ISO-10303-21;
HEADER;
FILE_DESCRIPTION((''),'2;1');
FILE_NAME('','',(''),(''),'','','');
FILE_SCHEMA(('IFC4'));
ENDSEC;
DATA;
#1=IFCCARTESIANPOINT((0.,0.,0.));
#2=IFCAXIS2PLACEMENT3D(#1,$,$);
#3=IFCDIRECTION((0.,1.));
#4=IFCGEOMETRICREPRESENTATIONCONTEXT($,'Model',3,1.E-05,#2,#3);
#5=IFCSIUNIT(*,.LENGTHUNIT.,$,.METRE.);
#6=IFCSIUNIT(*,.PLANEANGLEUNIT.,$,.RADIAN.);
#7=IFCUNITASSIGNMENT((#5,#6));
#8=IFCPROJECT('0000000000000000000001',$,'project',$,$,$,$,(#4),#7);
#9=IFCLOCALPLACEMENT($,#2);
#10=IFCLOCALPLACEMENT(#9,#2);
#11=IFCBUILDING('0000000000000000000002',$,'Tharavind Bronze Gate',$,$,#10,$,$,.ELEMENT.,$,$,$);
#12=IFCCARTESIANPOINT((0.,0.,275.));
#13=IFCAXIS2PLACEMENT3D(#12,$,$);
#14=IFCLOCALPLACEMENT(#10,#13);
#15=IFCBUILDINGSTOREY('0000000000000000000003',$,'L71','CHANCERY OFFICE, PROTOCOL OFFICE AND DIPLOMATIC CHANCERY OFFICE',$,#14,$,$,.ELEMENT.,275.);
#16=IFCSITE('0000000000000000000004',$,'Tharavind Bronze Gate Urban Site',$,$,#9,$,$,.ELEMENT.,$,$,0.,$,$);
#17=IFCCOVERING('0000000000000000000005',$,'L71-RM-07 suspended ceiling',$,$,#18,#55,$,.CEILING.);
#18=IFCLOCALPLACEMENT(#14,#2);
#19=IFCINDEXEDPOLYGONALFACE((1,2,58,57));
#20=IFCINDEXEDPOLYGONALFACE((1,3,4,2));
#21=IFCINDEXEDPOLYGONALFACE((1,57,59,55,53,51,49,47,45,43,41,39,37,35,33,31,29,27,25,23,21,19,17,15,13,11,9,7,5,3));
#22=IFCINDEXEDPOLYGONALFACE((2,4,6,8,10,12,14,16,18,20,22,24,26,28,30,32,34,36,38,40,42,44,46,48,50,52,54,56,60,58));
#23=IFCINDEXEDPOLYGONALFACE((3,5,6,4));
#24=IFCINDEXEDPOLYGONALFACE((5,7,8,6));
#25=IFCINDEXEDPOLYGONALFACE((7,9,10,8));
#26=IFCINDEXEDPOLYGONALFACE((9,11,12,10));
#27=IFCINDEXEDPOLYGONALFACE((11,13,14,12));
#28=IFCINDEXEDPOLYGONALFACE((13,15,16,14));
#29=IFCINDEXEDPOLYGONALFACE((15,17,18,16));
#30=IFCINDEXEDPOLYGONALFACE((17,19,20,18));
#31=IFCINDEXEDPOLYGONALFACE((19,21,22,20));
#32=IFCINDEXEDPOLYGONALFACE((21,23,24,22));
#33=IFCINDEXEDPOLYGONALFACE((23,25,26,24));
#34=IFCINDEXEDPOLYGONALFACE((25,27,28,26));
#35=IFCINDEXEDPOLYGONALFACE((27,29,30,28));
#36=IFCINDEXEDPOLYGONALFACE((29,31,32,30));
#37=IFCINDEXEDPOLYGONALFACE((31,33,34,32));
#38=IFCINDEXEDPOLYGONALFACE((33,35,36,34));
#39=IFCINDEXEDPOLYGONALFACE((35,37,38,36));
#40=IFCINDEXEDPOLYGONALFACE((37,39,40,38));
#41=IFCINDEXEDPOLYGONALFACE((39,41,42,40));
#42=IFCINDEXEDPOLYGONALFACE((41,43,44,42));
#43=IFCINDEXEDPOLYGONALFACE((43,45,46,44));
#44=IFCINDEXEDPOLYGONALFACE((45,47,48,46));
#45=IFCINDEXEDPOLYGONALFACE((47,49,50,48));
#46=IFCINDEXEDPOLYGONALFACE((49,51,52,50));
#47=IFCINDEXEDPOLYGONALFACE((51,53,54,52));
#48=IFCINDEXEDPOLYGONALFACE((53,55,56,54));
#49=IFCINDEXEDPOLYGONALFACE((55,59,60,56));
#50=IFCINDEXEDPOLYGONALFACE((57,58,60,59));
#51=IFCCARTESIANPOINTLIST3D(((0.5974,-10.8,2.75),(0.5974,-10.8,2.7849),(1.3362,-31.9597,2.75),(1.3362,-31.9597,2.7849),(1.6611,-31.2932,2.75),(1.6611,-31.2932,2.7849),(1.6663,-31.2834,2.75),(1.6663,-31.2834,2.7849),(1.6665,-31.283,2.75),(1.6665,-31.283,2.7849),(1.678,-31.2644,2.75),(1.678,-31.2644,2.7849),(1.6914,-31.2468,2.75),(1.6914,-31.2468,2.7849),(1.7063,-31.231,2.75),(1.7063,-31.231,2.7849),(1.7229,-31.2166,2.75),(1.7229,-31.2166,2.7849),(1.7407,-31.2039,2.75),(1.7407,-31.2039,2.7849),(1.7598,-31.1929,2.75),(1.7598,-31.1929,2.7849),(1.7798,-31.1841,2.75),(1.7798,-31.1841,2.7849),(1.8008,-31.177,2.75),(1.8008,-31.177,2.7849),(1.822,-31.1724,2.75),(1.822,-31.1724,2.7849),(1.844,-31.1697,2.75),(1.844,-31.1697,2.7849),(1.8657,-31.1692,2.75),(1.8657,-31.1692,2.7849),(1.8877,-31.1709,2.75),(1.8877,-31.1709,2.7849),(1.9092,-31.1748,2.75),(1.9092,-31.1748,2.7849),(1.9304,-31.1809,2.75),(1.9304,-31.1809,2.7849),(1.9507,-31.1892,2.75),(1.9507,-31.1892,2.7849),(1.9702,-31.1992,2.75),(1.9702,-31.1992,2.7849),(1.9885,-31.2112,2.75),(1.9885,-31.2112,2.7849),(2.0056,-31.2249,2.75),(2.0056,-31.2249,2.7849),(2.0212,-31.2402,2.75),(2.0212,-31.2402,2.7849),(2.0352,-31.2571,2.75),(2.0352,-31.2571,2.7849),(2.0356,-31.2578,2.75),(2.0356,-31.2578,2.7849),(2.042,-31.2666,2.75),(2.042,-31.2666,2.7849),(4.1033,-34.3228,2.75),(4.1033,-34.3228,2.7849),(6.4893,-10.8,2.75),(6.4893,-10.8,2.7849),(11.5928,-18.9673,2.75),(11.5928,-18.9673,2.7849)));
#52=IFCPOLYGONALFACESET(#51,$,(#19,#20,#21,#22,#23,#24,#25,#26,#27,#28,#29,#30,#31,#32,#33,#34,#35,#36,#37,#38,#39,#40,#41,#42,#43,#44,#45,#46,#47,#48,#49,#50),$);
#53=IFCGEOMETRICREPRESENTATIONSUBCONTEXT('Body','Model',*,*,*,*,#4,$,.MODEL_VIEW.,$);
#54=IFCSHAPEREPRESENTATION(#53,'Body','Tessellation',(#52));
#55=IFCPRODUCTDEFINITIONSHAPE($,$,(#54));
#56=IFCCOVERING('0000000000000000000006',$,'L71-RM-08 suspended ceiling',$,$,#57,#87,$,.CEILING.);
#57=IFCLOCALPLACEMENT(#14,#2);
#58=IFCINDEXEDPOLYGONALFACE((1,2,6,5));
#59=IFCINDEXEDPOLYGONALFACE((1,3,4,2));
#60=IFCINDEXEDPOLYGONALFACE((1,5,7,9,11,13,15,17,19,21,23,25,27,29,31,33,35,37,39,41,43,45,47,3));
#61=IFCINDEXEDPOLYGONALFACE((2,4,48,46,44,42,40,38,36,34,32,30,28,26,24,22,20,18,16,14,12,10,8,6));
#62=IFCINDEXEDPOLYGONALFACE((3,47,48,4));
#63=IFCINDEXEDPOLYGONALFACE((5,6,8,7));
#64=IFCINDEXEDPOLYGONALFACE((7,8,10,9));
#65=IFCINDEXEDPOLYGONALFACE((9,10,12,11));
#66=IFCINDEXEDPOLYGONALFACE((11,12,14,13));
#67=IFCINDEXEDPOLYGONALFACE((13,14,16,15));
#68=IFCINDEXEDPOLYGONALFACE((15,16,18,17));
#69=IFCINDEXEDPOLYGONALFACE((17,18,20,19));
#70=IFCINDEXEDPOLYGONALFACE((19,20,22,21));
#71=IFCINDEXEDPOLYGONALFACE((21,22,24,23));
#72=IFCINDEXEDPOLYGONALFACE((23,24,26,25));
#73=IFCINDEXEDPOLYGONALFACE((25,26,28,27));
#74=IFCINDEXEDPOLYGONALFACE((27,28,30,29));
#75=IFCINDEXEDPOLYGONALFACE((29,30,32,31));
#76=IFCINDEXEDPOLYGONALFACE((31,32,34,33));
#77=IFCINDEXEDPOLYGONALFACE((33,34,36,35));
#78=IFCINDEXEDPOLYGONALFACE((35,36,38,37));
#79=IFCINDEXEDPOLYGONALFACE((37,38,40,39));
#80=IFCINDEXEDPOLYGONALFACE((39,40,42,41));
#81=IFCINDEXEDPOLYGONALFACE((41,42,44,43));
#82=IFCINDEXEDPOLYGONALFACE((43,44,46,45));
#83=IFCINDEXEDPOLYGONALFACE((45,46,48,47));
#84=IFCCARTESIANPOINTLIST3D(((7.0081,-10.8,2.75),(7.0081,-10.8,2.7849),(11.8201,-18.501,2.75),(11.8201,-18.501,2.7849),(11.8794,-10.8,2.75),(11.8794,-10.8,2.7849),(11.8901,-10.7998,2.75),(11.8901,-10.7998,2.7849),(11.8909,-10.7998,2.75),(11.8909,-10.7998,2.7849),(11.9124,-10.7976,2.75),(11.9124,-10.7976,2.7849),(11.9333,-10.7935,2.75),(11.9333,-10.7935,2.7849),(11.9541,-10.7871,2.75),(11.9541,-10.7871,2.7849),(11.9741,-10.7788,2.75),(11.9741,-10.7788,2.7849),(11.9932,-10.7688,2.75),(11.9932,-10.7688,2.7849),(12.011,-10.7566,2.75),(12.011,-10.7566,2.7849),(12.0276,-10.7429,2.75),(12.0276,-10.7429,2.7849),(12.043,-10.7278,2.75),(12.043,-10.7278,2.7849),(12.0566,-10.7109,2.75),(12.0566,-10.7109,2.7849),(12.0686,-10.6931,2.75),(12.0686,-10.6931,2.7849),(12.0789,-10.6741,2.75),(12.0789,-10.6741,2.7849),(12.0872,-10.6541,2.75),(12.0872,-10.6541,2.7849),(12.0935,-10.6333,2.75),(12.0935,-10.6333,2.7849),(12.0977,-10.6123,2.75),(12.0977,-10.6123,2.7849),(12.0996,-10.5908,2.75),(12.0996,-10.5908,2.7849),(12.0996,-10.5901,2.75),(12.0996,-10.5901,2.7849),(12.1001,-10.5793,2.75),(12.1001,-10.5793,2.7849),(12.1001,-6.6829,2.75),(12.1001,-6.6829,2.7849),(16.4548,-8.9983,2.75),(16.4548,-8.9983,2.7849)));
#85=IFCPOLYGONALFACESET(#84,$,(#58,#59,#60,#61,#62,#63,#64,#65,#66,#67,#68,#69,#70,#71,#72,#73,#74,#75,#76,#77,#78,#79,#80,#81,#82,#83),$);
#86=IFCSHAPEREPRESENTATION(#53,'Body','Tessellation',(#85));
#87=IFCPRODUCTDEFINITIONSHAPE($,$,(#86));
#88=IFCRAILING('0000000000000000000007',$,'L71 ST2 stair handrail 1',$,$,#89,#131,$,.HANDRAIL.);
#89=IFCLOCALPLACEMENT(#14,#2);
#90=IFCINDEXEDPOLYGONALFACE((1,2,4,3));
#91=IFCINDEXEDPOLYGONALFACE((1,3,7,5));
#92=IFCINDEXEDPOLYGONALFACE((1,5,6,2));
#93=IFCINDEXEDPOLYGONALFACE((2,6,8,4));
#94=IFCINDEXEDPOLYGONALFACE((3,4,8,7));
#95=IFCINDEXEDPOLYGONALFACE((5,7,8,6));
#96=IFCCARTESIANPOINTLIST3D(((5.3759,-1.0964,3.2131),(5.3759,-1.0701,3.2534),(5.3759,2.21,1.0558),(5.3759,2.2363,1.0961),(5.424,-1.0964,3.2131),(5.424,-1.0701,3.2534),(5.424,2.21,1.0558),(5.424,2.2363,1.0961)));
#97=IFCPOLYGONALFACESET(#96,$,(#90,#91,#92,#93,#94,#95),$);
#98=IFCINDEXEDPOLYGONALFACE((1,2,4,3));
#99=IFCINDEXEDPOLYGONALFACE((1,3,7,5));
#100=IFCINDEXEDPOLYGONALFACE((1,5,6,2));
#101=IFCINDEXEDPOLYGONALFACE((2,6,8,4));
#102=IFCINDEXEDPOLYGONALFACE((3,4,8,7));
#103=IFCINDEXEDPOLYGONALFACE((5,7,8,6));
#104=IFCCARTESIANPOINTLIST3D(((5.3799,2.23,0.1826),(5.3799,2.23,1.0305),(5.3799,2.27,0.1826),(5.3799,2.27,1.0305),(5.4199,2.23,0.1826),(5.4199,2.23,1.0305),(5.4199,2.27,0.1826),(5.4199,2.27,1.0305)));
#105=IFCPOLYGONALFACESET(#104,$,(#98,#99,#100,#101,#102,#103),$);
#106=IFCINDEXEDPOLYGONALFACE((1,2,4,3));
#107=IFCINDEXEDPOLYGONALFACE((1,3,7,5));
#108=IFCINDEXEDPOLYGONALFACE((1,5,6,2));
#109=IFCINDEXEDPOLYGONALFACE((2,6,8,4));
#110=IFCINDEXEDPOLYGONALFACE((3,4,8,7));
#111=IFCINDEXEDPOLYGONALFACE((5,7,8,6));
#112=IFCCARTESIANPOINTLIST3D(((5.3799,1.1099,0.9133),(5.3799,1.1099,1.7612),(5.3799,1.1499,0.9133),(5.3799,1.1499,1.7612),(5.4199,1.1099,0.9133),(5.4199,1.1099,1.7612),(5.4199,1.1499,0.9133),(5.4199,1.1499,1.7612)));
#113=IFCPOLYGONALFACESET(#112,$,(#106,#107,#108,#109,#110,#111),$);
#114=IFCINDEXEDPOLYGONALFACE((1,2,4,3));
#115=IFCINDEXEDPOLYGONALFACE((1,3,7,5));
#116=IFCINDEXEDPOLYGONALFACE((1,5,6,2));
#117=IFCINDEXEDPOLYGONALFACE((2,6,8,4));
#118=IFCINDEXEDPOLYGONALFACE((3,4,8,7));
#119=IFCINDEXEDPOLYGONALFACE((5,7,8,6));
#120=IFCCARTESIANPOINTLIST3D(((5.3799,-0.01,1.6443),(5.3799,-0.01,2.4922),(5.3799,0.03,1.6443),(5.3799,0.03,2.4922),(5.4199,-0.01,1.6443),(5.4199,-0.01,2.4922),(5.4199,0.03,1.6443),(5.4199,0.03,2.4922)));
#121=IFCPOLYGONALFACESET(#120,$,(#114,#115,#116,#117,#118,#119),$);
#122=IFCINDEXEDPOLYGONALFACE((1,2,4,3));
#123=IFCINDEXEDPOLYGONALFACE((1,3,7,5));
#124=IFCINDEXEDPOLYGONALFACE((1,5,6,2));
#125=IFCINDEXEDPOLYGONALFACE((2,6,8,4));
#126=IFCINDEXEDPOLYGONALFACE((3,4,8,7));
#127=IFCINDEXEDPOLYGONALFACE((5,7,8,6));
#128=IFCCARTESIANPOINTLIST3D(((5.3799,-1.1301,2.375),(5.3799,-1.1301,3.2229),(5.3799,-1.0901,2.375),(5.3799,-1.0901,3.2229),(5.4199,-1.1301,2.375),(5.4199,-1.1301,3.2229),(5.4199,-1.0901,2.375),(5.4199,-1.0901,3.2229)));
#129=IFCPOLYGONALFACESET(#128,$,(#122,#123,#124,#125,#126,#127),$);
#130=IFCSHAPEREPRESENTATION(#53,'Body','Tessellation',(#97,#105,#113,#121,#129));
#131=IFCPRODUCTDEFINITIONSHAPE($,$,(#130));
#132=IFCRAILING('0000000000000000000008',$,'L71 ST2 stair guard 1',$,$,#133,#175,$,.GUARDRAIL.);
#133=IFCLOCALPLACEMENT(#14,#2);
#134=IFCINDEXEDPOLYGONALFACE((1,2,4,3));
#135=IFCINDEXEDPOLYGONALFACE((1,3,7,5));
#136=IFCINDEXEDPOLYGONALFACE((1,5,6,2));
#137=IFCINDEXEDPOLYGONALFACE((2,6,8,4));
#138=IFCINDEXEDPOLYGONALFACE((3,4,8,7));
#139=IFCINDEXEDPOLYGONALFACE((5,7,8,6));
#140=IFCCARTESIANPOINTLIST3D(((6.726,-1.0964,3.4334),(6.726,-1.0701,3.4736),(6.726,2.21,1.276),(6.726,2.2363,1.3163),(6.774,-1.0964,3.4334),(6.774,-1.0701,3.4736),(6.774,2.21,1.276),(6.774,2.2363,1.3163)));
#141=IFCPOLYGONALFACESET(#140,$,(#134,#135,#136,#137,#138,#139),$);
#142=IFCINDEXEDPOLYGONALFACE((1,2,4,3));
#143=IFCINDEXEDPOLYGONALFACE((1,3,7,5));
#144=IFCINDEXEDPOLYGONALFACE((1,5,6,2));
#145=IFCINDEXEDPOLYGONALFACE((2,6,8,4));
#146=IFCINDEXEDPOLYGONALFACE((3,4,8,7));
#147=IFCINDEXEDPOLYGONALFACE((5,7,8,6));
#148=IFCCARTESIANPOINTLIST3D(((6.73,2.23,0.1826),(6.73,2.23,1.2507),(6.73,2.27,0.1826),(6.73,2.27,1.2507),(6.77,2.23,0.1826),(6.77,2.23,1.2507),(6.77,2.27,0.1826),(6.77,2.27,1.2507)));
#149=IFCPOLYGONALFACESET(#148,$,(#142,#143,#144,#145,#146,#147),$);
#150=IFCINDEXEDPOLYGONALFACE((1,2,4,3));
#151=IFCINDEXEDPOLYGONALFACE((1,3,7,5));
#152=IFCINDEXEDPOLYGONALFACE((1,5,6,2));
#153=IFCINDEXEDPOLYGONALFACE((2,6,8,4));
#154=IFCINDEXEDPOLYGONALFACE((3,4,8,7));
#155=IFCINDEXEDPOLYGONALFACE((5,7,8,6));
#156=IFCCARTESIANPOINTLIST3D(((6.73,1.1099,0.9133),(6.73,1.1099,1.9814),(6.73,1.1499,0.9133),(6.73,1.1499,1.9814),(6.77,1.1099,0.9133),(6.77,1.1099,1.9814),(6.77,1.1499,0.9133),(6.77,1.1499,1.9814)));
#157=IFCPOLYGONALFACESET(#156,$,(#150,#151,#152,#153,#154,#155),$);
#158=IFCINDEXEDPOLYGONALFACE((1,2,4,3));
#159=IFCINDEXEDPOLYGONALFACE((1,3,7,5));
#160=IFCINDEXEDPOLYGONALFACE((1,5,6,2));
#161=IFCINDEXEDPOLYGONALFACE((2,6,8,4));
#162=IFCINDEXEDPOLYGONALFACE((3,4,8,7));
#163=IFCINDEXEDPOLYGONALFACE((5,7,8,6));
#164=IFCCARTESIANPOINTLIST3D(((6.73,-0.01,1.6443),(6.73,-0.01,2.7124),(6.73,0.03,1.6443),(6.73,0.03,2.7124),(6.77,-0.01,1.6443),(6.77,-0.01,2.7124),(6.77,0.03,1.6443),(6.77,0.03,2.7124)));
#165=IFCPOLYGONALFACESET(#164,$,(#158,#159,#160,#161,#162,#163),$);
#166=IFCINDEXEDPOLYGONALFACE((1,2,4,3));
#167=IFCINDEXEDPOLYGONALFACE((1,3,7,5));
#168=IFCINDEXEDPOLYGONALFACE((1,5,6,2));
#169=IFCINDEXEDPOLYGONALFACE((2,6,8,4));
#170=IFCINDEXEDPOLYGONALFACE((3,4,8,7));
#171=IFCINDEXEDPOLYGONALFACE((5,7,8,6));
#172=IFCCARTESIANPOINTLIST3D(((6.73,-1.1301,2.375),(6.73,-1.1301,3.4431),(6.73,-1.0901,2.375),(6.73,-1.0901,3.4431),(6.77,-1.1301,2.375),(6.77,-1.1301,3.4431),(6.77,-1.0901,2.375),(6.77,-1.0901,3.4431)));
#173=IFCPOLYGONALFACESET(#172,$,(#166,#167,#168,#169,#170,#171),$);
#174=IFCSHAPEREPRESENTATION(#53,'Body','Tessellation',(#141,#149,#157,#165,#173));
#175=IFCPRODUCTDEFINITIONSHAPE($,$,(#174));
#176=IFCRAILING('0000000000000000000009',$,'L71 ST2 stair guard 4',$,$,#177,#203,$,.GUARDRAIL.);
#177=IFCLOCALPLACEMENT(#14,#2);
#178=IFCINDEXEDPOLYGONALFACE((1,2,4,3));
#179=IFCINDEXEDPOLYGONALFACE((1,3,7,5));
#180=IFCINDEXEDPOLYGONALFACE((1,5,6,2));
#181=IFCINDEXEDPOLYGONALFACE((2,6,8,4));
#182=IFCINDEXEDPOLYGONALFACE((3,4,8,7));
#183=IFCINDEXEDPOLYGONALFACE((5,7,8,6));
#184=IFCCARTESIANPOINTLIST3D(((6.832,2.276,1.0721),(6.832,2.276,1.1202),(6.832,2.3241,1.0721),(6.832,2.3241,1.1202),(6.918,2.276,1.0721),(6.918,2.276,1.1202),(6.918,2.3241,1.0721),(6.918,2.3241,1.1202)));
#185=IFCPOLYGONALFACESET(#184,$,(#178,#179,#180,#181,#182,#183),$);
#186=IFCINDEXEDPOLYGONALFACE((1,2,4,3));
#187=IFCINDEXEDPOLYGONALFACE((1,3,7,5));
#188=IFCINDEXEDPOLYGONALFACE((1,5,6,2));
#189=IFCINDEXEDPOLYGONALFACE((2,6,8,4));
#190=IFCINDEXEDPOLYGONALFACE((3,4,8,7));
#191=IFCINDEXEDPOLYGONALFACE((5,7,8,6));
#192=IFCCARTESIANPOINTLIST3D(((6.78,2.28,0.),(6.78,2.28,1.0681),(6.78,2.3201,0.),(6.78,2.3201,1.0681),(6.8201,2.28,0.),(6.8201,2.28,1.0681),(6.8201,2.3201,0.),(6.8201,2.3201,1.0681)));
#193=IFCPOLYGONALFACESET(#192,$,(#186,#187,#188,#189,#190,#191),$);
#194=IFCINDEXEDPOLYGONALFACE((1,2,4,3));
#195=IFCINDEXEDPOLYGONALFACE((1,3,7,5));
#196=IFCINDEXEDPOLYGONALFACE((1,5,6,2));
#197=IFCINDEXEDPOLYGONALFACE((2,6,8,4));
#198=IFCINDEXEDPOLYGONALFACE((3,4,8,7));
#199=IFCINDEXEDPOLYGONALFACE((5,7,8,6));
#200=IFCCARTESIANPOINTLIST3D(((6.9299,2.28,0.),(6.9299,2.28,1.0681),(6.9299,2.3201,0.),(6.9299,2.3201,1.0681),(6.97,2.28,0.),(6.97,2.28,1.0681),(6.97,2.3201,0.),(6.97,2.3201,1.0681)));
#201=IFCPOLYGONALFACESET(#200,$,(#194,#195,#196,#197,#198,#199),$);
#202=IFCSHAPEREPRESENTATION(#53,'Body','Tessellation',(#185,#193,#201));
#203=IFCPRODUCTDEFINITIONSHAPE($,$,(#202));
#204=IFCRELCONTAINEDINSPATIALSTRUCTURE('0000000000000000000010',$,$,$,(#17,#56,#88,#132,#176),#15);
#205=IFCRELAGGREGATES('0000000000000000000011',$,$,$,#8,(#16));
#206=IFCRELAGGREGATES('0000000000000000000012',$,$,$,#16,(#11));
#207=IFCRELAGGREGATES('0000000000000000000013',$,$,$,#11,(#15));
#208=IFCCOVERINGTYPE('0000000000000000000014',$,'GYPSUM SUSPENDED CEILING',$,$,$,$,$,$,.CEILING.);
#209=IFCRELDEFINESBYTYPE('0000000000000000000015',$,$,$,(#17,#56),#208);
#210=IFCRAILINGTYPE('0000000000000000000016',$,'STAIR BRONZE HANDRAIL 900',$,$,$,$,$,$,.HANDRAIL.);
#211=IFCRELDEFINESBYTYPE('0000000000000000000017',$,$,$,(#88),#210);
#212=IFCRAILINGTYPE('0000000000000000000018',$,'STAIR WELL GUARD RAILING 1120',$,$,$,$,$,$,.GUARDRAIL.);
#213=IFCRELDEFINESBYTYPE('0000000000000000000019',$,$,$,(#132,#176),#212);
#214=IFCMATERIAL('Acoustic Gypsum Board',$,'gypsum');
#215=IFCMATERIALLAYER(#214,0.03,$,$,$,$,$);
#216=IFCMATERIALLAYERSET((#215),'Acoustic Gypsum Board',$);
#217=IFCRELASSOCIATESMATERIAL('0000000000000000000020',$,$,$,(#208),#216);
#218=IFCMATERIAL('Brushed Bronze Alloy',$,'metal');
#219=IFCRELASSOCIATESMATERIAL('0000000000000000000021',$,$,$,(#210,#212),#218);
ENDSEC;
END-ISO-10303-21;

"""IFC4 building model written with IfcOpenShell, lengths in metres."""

from ifc_helpers import new_model, si_unit, direction, frame, origin, origin_2d, place, context, subcontext, project, spatial, polyline, rectangle, outline, extrude, material, layer, layer_set, type_object, element, save


model = new_model("IFC4")

# Units and contexts
model_context = context("Model", 3, precision=1e-05, world=origin(), true_north=direction((0.0, 1.0)))
body_context = subcontext(model_context, "Body", "Model", "MODEL_VIEW")
ifc_project = project(units=[si_unit("LENGTHUNIT", "METRE"), si_unit("PLANEANGLEUNIT", "RADIAN")], contexts=[model_context])

# Site, building, storey
site_placement = place(None, origin())
site = spatial("IfcSite", under=ifc_project, at=site_placement, Name="Tharavind Bronze Gate Urban Site", CompositionType="ELEMENT", RefElevation=0.0)
building_placement = place(site_placement, origin())
building = spatial("IfcBuilding", under=site, at=building_placement, Name="Tharavind Bronze Gate", CompositionType="ELEMENT")
storey_placement = place(building_placement, frame((0.0, 0.0, 275.0)))
storey = spatial("IfcBuildingStorey", under=building, at=storey_placement, Name="L71", Description="CHANCERY OFFICE, PROTOCOL OFFICE AND DIPLOMATIC CHANCERY OFFICE", CompositionType="ELEMENT", Elevation=275.0)

# Coverings
ifc_material_1 = material(Name="Acoustic Gypsum Board", Category="gypsum")
ifc_layer_1 = layer(ifc_material_1, 0.03)
ifc_layer_set_1 = layer_set([ifc_layer_1], Name="Acoustic Gypsum Board")
covering_type_1 = type_object("IfcCoveringType", Name="GYPSUM SUSPENDED CEILING", PredefinedType="CEILING", material=ifc_layer_set_1)
covering_1_placement = place(storey_placement, frame((0.0, 0.0, 2.75)))
element("IfcCovering", 1, at=covering_1_placement, inside=storey, type_object=covering_type_1, Name="L71-RM-07 suspended ceiling", PredefinedType="CEILING", context=body_context, shape_type="SweptSolid", body=[
    extrude(outline(polyline([(1.3362, -31.9597), (1.6611, -31.2932), (1.6663, -31.2834), (1.6665, -31.283), (1.678, -31.2644), (1.6914, -31.2468), (1.7063, -31.231), (1.7229, -31.2166), (1.7407, -31.2039), (1.7598, -31.1929), (1.7798, -31.1841), (1.8008, -31.177), (1.822, -31.1724), (1.844, -31.1697), (1.8657, -31.1692), (1.8877, -31.1709), (1.9092, -31.1748), (1.9304, -31.1809), (1.9507, -31.1892), (1.9702, -31.1992), (1.9885, -31.2112), (2.0056, -31.2249), (2.0212, -31.2402), (2.0352, -31.2571), (2.0356, -31.2578), (2.042, -31.2666), (4.1033, -34.3228), (11.5928, -18.9673), (6.4893, -10.8), (0.5974, -10.8), (1.3362, -31.9597)])), origin(), (0.0, 0.0, 1.0), 0.0349),
])
covering_2_placement = place(storey_placement, frame((0.0, 0.0, 2.75)))
element("IfcCovering", 2, at=covering_2_placement, inside=storey, type_object=covering_type_1, Name="L71-RM-08 suspended ceiling", PredefinedType="CEILING", context=body_context, shape_type="SweptSolid", body=[
    extrude(outline(polyline([(11.8201, -18.501), (16.4548, -8.9983), (12.1001, -6.6829), (12.1001, -10.5793), (12.0996, -10.5901), (12.0996, -10.5908), (12.0977, -10.6123), (12.0935, -10.6333), (12.0872, -10.6541), (12.0789, -10.6741), (12.0686, -10.6931), (12.0566, -10.7109), (12.043, -10.7278), (12.0276, -10.7429), (12.011, -10.7566), (11.9932, -10.7688), (11.9741, -10.7788), (11.9541, -10.7871), (11.9333, -10.7935), (11.9124, -10.7976), (11.8909, -10.7998), (11.8901, -10.7998), (11.8794, -10.8), (7.0081, -10.8), (11.8201, -18.501)])), origin(), (0.0, 0.0, 1.0), 0.0349),
])

# Railings
ifc_material_2 = material(Name="Brushed Bronze Alloy", Category="metal")
railing_type_1 = type_object("IfcRailingType", Name="STAIR BRONZE HANDRAIL 900", PredefinedType="HANDRAIL", material=ifc_material_2)
railing_1_placement = place(storey_placement, frame((5.3999, 2.25, 0.1826)))
element("IfcRailing", 3, at=railing_1_placement, inside=storey, type_object=railing_type_1, Name="L71 ST2 stair handrail 1", PredefinedType="HANDRAIL", context=body_context, shape_type="SweptSolid", body=[
    extrude(rectangle(XDim=0.0481, YDim=0.0481, at=origin_2d()), frame((0.0, -0.0269, 0.8933), z_axis=(0.0, -0.837496, 0.546444), x_axis=(1.0, 0.0, 0.0)), (0.0, 0.0, 1.0), 3.948),
    extrude(rectangle(XDim=0.04, YDim=0.04, at=origin_2d()), origin(), (0.0, 0.0, 1.0), 0.8479),
    extrude(rectangle(XDim=0.04, YDim=0.04, at=origin_2d()), frame((0.0, -1.1201, 0.7307)), (0.0, 0.0, 1.0), 0.8479),
    extrude(rectangle(XDim=0.04, YDim=0.04, at=origin_2d()), frame((0.0, -2.24, 1.4617)), (0.0, 0.0, 1.0), 0.8479),
    extrude(rectangle(XDim=0.04, YDim=0.04, at=origin_2d()), frame((0.0, -3.3601, 2.1924)), (0.0, 0.0, 1.0), 0.8479),
])
railing_type_2 = type_object("IfcRailingType", Name="STAIR WELL GUARD RAILING 1120", PredefinedType="GUARDRAIL", material=ifc_material_2)
railing_2_placement = place(storey_placement, frame((6.75, 2.25, 0.1826)))
element("IfcRailing", 4, at=railing_2_placement, inside=storey, type_object=railing_type_2, Name="L71 ST2 stair guard 1", PredefinedType="GUARDRAIL", context=body_context, shape_type="SweptSolid", body=[
    extrude(rectangle(XDim=0.0481, YDim=0.0481, at=origin_2d()), frame((0.0, -0.0269, 1.1135), z_axis=(0.0, -0.837496, 0.546444), x_axis=(1.0, 0.0, 0.0)), (0.0, 0.0, 1.0), 3.948),
    extrude(rectangle(XDim=0.04, YDim=0.04, at=origin_2d()), origin(), (0.0, 0.0, 1.0), 1.0681),
    extrude(rectangle(XDim=0.04, YDim=0.04, at=origin_2d()), frame((0.0, -1.1201, 0.7307)), (0.0, 0.0, 1.0), 1.0681),
    extrude(rectangle(XDim=0.04, YDim=0.04, at=origin_2d()), frame((0.0, -2.24, 1.4617)), (0.0, 0.0, 1.0), 1.0681),
    extrude(rectangle(XDim=0.04, YDim=0.04, at=origin_2d()), frame((0.0, -3.3601, 2.1924)), (0.0, 0.0, 1.0), 1.0681),
])
railing_3_placement = place(storey_placement, frame((6.8, 2.3, 0.0)))
element("IfcRailing", 5, at=railing_3_placement, inside=storey, type_object=railing_type_2, Name="L71 ST2 stair guard 4", PredefinedType="GUARDRAIL", context=body_context, shape_type="SweptSolid", body=[
    extrude(rectangle(XDim=0.0481, YDim=0.0481, at=origin_2d()), frame((0.032, 0.0, 1.0962), z_axis=(1.0, 0.0, 0.0), x_axis=(0.0, 1.0, 0.0)), (0.0, 0.0, 1.0), 0.0859),
    extrude(rectangle(XDim=0.04, YDim=0.04, at=origin_2d()), origin(), (0.0, 0.0, 1.0), 1.0681),
    extrude(rectangle(XDim=0.04, YDim=0.04, at=origin_2d()), frame((0.1499, 0.0, 0.0)), (0.0, 0.0, 1.0), 1.0681),
])

save(model, "model.ifc")
